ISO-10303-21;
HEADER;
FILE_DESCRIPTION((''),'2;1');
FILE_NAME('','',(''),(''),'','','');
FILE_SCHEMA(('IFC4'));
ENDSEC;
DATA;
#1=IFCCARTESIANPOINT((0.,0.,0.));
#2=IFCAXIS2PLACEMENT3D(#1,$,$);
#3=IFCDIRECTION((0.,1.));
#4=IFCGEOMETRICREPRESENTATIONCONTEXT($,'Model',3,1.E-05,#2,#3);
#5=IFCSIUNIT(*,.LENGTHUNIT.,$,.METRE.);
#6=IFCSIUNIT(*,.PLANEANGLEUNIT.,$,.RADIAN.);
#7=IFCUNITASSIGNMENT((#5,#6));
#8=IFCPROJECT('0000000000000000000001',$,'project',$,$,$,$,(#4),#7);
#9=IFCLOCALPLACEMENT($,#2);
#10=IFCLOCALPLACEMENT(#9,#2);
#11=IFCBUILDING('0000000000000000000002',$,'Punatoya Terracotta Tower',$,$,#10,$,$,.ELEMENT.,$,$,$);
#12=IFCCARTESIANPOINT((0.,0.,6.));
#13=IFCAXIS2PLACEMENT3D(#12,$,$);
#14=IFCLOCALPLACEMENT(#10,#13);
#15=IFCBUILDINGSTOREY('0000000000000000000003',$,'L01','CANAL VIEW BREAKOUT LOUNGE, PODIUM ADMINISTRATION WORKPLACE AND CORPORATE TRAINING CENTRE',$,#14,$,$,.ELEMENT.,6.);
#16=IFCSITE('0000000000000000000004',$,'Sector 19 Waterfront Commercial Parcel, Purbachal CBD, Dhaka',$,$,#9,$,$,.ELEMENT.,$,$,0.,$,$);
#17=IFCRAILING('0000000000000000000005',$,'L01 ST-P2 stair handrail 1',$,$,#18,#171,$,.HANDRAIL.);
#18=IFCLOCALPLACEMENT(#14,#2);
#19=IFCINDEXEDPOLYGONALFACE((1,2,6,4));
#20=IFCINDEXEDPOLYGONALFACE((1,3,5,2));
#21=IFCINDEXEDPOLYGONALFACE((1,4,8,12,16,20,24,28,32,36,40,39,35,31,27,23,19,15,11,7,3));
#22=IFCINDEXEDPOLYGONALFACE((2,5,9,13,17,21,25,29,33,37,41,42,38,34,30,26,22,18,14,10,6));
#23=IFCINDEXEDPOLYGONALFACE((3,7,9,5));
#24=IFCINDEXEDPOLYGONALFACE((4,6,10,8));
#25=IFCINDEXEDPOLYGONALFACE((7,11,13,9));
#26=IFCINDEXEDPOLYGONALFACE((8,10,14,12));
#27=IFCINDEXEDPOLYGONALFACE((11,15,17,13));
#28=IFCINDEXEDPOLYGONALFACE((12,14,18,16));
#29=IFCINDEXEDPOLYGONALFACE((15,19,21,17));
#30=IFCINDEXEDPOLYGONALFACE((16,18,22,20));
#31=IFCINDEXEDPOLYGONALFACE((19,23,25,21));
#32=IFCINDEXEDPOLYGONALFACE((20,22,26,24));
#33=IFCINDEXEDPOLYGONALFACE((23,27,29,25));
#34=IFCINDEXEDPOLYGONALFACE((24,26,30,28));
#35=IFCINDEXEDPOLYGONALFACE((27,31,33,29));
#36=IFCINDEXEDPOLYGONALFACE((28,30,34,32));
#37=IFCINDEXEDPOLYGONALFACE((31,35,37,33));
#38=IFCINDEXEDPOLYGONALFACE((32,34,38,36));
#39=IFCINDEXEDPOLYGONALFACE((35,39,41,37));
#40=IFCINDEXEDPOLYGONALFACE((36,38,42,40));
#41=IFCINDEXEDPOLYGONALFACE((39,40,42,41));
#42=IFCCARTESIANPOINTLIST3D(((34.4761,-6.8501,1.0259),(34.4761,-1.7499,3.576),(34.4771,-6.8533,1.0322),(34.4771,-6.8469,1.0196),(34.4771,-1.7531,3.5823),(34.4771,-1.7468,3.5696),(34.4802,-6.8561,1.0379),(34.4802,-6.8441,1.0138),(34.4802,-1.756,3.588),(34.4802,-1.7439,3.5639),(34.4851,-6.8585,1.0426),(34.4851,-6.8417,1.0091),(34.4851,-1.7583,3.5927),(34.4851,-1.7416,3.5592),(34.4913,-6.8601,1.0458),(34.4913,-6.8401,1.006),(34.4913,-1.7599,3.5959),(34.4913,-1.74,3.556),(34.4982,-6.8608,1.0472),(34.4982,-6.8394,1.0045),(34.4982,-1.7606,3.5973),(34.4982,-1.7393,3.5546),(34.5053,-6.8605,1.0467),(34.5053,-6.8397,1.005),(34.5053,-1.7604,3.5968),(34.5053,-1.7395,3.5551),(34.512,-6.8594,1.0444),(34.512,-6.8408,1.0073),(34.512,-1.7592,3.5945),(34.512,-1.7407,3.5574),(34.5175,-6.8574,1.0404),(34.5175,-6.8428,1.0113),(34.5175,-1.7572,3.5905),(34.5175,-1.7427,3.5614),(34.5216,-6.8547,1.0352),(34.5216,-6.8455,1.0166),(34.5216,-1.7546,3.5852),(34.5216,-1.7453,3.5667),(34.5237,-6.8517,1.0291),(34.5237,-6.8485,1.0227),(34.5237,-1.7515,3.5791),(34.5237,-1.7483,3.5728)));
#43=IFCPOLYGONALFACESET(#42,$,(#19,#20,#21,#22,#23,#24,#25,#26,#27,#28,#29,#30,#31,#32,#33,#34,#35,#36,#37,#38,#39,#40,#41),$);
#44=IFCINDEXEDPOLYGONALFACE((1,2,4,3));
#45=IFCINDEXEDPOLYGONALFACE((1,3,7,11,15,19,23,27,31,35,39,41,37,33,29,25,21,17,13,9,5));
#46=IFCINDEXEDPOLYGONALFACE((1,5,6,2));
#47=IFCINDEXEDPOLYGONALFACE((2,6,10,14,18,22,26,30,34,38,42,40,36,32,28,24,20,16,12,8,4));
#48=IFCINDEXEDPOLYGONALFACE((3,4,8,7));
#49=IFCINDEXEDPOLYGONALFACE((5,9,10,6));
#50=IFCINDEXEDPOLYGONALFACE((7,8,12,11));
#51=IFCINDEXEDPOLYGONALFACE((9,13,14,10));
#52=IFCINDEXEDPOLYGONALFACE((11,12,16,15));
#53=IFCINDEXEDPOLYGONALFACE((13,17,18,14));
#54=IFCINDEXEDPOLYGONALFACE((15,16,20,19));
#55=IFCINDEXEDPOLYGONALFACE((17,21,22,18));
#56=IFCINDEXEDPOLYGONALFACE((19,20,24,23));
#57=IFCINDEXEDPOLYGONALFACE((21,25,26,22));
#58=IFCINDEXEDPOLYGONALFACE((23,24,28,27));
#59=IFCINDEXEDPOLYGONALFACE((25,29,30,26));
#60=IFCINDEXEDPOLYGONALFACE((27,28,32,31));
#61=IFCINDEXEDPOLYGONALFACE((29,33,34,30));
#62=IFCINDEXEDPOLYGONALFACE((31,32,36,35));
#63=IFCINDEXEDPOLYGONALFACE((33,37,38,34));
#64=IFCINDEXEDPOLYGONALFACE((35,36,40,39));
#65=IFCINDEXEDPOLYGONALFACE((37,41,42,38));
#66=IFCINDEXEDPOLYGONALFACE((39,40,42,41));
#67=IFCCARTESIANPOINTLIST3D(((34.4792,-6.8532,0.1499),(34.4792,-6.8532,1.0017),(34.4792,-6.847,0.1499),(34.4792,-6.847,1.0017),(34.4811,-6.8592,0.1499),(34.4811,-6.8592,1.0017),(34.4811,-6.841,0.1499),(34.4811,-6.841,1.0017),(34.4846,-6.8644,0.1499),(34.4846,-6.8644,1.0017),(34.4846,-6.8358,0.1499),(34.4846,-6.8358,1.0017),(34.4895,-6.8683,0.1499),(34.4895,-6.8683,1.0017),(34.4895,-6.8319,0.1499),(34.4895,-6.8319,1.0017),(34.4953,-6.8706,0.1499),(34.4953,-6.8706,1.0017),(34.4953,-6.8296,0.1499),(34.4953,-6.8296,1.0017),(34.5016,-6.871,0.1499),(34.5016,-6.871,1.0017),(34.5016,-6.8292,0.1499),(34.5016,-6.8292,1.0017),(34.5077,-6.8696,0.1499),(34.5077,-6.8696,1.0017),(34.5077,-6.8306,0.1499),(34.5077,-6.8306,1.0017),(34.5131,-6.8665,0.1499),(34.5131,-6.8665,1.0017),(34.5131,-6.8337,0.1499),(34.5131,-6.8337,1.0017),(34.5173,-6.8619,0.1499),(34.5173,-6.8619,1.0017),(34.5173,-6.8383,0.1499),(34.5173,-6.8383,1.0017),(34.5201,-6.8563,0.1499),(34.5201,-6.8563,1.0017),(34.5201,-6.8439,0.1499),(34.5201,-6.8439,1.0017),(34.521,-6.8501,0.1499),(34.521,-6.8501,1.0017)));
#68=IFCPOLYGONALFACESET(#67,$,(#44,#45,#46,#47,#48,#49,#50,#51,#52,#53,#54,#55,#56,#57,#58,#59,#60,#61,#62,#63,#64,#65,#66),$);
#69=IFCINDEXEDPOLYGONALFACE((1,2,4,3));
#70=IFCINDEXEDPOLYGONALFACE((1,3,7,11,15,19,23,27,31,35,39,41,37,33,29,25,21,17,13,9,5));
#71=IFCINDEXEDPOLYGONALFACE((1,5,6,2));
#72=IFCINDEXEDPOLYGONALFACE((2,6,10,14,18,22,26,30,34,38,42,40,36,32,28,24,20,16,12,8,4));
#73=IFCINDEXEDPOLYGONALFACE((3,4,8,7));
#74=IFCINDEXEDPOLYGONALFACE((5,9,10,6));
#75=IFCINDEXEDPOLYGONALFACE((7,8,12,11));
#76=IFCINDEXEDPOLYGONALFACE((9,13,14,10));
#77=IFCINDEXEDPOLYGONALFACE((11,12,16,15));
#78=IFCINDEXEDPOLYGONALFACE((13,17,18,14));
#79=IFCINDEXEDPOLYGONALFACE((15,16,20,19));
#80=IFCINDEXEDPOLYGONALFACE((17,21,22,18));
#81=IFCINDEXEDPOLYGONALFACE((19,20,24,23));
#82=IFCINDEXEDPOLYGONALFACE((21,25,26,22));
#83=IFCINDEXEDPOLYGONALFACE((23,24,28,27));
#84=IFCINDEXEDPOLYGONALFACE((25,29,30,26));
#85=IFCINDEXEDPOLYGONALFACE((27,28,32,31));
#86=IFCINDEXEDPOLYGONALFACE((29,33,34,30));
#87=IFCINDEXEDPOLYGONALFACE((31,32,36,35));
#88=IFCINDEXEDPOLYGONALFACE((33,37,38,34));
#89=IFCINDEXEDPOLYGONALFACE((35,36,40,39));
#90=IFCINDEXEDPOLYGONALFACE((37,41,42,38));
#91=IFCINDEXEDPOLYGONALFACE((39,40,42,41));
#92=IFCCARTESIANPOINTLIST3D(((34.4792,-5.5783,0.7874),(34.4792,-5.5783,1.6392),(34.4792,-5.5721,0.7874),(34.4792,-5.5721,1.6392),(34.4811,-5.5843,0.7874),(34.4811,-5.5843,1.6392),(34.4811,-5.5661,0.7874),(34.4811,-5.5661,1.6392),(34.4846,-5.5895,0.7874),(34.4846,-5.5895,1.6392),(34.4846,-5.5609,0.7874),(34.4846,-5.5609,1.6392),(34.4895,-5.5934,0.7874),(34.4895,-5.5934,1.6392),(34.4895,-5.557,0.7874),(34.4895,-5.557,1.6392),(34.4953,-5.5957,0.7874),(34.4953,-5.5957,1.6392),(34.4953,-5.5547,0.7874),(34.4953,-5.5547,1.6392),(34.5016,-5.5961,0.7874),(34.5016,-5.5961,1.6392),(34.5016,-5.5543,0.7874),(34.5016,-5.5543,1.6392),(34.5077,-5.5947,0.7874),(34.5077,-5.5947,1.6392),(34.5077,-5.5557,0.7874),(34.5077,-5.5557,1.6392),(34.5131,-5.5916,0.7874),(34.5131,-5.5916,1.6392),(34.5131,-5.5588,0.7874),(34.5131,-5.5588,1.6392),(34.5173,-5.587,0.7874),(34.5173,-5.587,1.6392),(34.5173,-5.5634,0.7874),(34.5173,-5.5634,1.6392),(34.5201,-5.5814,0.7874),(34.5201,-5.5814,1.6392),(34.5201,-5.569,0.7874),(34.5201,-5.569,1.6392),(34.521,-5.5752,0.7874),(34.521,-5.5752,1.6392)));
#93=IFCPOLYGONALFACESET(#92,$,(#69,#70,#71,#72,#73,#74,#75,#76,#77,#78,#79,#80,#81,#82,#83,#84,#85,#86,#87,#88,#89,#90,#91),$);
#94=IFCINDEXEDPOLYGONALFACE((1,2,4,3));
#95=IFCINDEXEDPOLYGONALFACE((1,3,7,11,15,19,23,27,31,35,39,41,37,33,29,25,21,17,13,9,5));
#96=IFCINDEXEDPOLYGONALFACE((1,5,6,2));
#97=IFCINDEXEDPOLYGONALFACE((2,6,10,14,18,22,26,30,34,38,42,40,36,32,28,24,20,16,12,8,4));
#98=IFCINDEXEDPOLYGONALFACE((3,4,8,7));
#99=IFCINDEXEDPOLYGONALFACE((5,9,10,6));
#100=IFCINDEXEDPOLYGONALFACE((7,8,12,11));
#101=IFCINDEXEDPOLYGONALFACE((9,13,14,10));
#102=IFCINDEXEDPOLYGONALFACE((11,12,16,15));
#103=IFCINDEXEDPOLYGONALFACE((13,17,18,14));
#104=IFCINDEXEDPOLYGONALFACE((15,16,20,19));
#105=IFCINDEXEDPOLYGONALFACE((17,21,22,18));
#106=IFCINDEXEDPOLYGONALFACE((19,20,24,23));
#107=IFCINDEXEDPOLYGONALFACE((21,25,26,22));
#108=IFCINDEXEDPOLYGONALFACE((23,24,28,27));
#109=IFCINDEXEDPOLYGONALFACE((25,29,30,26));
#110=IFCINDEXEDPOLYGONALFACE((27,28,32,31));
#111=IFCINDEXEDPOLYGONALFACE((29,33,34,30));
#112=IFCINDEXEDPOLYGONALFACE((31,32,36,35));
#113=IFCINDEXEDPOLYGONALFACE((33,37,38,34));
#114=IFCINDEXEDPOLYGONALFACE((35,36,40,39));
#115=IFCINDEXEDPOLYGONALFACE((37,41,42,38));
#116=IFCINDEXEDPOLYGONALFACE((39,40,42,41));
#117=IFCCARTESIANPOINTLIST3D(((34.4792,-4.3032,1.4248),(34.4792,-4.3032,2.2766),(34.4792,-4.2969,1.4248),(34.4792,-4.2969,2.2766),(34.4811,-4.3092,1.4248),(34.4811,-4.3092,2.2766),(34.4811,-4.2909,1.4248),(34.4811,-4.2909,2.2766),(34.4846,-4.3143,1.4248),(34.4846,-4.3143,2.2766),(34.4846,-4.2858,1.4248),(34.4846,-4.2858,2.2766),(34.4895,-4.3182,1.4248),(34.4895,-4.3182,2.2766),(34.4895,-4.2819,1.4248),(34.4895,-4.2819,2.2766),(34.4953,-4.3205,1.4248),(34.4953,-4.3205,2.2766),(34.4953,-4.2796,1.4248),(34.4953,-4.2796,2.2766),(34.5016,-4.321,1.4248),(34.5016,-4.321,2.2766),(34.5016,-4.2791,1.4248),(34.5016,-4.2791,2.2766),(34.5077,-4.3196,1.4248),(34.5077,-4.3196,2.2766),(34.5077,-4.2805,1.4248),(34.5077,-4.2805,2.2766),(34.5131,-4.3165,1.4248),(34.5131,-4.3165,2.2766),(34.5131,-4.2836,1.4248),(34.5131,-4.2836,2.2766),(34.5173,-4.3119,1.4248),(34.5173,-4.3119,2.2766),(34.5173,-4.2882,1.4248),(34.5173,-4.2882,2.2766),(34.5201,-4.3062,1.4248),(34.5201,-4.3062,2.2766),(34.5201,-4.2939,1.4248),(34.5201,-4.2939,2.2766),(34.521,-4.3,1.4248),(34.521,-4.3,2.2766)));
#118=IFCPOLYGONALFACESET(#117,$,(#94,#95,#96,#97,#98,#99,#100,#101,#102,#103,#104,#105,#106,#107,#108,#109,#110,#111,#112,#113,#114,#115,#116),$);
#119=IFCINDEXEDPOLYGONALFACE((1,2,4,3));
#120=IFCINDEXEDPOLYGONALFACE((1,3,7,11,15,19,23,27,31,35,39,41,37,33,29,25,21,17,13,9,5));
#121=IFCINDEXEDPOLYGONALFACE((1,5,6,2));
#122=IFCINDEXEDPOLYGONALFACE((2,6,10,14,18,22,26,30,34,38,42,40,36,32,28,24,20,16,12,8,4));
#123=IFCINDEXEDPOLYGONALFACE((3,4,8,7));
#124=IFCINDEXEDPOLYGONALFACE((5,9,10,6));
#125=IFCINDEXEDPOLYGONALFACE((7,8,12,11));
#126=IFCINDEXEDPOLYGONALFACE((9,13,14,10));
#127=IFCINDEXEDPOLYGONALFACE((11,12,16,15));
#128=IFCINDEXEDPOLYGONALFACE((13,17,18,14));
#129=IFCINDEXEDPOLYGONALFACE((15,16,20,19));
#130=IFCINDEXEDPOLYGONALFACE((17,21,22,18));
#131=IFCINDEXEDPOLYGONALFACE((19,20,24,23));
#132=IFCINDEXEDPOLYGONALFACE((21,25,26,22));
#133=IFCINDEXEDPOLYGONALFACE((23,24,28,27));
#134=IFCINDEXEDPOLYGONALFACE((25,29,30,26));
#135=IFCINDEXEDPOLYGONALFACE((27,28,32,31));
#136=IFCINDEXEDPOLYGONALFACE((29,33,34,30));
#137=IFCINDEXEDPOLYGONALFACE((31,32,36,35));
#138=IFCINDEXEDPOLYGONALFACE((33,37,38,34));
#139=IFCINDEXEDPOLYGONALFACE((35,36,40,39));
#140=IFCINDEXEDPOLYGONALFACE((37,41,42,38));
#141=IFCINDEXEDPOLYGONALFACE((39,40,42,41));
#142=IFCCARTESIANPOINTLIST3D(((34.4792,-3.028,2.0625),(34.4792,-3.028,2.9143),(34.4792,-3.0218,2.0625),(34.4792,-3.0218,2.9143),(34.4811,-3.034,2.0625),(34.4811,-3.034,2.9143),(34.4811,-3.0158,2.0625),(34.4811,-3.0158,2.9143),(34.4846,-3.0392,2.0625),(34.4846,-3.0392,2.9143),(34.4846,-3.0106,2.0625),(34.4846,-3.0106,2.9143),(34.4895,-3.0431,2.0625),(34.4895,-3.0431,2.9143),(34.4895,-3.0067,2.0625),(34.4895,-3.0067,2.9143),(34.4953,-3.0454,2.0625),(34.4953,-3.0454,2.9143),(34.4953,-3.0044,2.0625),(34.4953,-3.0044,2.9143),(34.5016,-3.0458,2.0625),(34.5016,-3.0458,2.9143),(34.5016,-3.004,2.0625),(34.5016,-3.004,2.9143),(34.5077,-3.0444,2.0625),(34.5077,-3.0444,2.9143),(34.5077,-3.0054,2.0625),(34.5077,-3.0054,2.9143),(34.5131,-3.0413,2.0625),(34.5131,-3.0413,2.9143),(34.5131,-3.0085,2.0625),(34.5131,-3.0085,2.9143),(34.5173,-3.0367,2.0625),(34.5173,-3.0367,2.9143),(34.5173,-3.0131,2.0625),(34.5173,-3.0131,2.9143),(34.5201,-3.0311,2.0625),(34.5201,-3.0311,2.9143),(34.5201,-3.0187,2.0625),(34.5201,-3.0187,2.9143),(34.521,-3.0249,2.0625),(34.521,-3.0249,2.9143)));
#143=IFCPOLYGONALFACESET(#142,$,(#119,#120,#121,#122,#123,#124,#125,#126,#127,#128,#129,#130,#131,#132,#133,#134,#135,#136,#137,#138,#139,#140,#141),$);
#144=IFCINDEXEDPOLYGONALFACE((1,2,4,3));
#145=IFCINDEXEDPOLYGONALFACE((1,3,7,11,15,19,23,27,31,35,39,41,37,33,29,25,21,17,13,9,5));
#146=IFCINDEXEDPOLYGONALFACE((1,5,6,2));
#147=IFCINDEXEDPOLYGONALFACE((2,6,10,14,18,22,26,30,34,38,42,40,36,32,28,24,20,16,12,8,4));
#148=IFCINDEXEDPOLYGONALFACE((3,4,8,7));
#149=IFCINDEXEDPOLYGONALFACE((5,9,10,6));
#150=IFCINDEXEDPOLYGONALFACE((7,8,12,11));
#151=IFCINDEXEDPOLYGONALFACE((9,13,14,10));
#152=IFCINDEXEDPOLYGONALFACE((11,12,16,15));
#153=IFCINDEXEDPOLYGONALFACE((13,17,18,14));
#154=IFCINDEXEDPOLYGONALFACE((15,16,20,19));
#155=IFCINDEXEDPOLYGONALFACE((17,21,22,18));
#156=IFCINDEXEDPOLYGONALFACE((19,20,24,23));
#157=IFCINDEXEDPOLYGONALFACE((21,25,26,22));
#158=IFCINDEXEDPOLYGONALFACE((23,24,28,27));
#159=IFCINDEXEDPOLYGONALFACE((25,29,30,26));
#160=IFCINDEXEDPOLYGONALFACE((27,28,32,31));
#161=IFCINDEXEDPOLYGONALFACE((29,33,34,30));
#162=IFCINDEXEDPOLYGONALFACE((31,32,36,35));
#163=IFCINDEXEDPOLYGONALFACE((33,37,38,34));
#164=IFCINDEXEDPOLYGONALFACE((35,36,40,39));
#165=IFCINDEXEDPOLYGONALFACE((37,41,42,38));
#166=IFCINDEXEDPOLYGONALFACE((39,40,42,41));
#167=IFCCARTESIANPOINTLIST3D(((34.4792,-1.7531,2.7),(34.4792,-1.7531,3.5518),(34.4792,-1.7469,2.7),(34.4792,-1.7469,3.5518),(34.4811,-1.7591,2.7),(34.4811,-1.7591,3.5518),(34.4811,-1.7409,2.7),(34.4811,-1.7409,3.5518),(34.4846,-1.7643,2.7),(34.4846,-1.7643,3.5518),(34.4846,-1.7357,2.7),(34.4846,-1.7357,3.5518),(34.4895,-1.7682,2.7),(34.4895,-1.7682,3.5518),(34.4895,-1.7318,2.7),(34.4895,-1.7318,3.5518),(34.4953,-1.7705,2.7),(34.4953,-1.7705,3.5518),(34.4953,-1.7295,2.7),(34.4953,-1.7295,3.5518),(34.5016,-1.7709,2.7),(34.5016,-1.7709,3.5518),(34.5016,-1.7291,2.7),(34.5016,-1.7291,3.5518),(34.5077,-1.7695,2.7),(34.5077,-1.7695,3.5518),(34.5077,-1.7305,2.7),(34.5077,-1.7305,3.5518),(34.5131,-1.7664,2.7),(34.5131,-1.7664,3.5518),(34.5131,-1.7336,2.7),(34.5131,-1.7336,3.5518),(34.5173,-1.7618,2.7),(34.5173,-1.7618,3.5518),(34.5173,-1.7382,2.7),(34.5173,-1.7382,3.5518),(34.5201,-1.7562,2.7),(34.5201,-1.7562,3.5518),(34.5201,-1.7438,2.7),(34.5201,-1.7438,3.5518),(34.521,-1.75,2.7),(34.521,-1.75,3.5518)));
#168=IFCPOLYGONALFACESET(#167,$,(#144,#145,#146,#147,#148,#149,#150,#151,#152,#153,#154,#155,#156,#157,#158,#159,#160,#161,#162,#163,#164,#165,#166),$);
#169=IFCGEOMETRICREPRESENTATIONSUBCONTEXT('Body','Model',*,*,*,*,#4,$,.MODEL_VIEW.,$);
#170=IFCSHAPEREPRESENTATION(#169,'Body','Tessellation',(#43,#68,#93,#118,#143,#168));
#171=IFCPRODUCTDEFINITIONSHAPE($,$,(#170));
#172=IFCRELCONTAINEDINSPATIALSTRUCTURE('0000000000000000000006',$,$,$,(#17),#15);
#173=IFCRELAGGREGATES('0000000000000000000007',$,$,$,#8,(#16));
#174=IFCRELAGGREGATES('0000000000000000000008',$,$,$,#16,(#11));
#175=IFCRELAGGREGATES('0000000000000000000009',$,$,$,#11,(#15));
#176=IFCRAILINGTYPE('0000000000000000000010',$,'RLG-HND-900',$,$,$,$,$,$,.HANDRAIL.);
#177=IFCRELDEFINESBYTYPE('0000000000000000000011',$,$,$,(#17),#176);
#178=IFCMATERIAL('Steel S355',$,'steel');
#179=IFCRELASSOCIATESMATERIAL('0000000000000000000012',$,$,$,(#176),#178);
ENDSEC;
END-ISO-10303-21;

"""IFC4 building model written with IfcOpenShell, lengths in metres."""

from ifc_helpers import new_model, si_unit, direction, frame, origin, origin_2d, place, context, subcontext, project, spatial, circle, extrude, material, type_object, element, save


model = new_model("IFC4")

# Units and contexts
model_context = context("Model", 3, precision=1e-05, world=origin(), true_north=direction((0.0, 1.0)))
body_context = subcontext(model_context, "Body", "Model", "MODEL_VIEW")
ifc_project = project(units=[si_unit("LENGTHUNIT", "METRE"), si_unit("PLANEANGLEUNIT", "RADIAN")], contexts=[model_context])

# Site, building, storey
site_placement = place(None, origin())
site = spatial("IfcSite", under=ifc_project, at=site_placement, Name="Sector 19 Waterfront Commercial Parcel, Purbachal CBD, Dhaka", CompositionType="ELEMENT", RefElevation=0.0)
building_placement = place(site_placement, origin())
building = spatial("IfcBuilding", under=site, at=building_placement, Name="Punatoya Terracotta Tower", CompositionType="ELEMENT")
storey_placement = place(building_placement, frame((0.0, 0.0, 6.0)))
storey = spatial("IfcBuildingStorey", under=building, at=storey_placement, Name="L01", Description="CANAL VIEW BREAKOUT LOUNGE, PODIUM ADMINISTRATION WORKPLACE AND CORPORATE TRAINING CENTRE", CompositionType="ELEMENT", Elevation=6.0)

# Shared definitions
ifc_material_1 = material(Name="Steel S355", Category="steel")

# Railing
railing_type_1 = type_object("IfcRailingType", Name="RLG-HND-900", PredefinedType="HANDRAIL", material=ifc_material_1)
railing_1_placement = place(storey_placement, frame((34.5, -6.8501, 0.1499)))
element("IfcRailing", 1, at=railing_1_placement, inside=storey, type_object=railing_type_1, Name="L01 ST-P2 stair handrail 1", PredefinedType="HANDRAIL", context=body_context, shape_type="SweptSolid", body=[
    extrude(circle(Radius=0.0239, at=origin_2d()), frame((0.0, 0.0, 0.876), z_axis=(0.0, 0.894427, 0.447214), x_axis=(-1.0, 0.0, 0.0)), (0.0, 0.0, 1.0), 5.7021),
    extrude(circle(Radius=0.021, at=origin_2d()), origin(), (0.0, 0.0, 1.0), 0.8518),
    extrude(circle(Radius=0.021, at=origin_2d()), frame((0.0, 1.2749, 0.6375)), (0.0, 0.0, 1.0), 0.8518),
    extrude(circle(Radius=0.021, at=origin_2d()), frame((0.0, 2.55, 1.2749)), (0.0, 0.0, 1.0), 0.8518),
    extrude(circle(Radius=0.021, at=origin_2d()), frame((0.0, 3.8252, 1.9126)), (0.0, 0.0, 1.0), 0.8518),
    extrude(circle(Radius=0.021, at=origin_2d()), frame((0.0, 5.1001, 2.55)), (0.0, 0.0, 1.0), 0.8518),
])

save(model, "model.ifc")
